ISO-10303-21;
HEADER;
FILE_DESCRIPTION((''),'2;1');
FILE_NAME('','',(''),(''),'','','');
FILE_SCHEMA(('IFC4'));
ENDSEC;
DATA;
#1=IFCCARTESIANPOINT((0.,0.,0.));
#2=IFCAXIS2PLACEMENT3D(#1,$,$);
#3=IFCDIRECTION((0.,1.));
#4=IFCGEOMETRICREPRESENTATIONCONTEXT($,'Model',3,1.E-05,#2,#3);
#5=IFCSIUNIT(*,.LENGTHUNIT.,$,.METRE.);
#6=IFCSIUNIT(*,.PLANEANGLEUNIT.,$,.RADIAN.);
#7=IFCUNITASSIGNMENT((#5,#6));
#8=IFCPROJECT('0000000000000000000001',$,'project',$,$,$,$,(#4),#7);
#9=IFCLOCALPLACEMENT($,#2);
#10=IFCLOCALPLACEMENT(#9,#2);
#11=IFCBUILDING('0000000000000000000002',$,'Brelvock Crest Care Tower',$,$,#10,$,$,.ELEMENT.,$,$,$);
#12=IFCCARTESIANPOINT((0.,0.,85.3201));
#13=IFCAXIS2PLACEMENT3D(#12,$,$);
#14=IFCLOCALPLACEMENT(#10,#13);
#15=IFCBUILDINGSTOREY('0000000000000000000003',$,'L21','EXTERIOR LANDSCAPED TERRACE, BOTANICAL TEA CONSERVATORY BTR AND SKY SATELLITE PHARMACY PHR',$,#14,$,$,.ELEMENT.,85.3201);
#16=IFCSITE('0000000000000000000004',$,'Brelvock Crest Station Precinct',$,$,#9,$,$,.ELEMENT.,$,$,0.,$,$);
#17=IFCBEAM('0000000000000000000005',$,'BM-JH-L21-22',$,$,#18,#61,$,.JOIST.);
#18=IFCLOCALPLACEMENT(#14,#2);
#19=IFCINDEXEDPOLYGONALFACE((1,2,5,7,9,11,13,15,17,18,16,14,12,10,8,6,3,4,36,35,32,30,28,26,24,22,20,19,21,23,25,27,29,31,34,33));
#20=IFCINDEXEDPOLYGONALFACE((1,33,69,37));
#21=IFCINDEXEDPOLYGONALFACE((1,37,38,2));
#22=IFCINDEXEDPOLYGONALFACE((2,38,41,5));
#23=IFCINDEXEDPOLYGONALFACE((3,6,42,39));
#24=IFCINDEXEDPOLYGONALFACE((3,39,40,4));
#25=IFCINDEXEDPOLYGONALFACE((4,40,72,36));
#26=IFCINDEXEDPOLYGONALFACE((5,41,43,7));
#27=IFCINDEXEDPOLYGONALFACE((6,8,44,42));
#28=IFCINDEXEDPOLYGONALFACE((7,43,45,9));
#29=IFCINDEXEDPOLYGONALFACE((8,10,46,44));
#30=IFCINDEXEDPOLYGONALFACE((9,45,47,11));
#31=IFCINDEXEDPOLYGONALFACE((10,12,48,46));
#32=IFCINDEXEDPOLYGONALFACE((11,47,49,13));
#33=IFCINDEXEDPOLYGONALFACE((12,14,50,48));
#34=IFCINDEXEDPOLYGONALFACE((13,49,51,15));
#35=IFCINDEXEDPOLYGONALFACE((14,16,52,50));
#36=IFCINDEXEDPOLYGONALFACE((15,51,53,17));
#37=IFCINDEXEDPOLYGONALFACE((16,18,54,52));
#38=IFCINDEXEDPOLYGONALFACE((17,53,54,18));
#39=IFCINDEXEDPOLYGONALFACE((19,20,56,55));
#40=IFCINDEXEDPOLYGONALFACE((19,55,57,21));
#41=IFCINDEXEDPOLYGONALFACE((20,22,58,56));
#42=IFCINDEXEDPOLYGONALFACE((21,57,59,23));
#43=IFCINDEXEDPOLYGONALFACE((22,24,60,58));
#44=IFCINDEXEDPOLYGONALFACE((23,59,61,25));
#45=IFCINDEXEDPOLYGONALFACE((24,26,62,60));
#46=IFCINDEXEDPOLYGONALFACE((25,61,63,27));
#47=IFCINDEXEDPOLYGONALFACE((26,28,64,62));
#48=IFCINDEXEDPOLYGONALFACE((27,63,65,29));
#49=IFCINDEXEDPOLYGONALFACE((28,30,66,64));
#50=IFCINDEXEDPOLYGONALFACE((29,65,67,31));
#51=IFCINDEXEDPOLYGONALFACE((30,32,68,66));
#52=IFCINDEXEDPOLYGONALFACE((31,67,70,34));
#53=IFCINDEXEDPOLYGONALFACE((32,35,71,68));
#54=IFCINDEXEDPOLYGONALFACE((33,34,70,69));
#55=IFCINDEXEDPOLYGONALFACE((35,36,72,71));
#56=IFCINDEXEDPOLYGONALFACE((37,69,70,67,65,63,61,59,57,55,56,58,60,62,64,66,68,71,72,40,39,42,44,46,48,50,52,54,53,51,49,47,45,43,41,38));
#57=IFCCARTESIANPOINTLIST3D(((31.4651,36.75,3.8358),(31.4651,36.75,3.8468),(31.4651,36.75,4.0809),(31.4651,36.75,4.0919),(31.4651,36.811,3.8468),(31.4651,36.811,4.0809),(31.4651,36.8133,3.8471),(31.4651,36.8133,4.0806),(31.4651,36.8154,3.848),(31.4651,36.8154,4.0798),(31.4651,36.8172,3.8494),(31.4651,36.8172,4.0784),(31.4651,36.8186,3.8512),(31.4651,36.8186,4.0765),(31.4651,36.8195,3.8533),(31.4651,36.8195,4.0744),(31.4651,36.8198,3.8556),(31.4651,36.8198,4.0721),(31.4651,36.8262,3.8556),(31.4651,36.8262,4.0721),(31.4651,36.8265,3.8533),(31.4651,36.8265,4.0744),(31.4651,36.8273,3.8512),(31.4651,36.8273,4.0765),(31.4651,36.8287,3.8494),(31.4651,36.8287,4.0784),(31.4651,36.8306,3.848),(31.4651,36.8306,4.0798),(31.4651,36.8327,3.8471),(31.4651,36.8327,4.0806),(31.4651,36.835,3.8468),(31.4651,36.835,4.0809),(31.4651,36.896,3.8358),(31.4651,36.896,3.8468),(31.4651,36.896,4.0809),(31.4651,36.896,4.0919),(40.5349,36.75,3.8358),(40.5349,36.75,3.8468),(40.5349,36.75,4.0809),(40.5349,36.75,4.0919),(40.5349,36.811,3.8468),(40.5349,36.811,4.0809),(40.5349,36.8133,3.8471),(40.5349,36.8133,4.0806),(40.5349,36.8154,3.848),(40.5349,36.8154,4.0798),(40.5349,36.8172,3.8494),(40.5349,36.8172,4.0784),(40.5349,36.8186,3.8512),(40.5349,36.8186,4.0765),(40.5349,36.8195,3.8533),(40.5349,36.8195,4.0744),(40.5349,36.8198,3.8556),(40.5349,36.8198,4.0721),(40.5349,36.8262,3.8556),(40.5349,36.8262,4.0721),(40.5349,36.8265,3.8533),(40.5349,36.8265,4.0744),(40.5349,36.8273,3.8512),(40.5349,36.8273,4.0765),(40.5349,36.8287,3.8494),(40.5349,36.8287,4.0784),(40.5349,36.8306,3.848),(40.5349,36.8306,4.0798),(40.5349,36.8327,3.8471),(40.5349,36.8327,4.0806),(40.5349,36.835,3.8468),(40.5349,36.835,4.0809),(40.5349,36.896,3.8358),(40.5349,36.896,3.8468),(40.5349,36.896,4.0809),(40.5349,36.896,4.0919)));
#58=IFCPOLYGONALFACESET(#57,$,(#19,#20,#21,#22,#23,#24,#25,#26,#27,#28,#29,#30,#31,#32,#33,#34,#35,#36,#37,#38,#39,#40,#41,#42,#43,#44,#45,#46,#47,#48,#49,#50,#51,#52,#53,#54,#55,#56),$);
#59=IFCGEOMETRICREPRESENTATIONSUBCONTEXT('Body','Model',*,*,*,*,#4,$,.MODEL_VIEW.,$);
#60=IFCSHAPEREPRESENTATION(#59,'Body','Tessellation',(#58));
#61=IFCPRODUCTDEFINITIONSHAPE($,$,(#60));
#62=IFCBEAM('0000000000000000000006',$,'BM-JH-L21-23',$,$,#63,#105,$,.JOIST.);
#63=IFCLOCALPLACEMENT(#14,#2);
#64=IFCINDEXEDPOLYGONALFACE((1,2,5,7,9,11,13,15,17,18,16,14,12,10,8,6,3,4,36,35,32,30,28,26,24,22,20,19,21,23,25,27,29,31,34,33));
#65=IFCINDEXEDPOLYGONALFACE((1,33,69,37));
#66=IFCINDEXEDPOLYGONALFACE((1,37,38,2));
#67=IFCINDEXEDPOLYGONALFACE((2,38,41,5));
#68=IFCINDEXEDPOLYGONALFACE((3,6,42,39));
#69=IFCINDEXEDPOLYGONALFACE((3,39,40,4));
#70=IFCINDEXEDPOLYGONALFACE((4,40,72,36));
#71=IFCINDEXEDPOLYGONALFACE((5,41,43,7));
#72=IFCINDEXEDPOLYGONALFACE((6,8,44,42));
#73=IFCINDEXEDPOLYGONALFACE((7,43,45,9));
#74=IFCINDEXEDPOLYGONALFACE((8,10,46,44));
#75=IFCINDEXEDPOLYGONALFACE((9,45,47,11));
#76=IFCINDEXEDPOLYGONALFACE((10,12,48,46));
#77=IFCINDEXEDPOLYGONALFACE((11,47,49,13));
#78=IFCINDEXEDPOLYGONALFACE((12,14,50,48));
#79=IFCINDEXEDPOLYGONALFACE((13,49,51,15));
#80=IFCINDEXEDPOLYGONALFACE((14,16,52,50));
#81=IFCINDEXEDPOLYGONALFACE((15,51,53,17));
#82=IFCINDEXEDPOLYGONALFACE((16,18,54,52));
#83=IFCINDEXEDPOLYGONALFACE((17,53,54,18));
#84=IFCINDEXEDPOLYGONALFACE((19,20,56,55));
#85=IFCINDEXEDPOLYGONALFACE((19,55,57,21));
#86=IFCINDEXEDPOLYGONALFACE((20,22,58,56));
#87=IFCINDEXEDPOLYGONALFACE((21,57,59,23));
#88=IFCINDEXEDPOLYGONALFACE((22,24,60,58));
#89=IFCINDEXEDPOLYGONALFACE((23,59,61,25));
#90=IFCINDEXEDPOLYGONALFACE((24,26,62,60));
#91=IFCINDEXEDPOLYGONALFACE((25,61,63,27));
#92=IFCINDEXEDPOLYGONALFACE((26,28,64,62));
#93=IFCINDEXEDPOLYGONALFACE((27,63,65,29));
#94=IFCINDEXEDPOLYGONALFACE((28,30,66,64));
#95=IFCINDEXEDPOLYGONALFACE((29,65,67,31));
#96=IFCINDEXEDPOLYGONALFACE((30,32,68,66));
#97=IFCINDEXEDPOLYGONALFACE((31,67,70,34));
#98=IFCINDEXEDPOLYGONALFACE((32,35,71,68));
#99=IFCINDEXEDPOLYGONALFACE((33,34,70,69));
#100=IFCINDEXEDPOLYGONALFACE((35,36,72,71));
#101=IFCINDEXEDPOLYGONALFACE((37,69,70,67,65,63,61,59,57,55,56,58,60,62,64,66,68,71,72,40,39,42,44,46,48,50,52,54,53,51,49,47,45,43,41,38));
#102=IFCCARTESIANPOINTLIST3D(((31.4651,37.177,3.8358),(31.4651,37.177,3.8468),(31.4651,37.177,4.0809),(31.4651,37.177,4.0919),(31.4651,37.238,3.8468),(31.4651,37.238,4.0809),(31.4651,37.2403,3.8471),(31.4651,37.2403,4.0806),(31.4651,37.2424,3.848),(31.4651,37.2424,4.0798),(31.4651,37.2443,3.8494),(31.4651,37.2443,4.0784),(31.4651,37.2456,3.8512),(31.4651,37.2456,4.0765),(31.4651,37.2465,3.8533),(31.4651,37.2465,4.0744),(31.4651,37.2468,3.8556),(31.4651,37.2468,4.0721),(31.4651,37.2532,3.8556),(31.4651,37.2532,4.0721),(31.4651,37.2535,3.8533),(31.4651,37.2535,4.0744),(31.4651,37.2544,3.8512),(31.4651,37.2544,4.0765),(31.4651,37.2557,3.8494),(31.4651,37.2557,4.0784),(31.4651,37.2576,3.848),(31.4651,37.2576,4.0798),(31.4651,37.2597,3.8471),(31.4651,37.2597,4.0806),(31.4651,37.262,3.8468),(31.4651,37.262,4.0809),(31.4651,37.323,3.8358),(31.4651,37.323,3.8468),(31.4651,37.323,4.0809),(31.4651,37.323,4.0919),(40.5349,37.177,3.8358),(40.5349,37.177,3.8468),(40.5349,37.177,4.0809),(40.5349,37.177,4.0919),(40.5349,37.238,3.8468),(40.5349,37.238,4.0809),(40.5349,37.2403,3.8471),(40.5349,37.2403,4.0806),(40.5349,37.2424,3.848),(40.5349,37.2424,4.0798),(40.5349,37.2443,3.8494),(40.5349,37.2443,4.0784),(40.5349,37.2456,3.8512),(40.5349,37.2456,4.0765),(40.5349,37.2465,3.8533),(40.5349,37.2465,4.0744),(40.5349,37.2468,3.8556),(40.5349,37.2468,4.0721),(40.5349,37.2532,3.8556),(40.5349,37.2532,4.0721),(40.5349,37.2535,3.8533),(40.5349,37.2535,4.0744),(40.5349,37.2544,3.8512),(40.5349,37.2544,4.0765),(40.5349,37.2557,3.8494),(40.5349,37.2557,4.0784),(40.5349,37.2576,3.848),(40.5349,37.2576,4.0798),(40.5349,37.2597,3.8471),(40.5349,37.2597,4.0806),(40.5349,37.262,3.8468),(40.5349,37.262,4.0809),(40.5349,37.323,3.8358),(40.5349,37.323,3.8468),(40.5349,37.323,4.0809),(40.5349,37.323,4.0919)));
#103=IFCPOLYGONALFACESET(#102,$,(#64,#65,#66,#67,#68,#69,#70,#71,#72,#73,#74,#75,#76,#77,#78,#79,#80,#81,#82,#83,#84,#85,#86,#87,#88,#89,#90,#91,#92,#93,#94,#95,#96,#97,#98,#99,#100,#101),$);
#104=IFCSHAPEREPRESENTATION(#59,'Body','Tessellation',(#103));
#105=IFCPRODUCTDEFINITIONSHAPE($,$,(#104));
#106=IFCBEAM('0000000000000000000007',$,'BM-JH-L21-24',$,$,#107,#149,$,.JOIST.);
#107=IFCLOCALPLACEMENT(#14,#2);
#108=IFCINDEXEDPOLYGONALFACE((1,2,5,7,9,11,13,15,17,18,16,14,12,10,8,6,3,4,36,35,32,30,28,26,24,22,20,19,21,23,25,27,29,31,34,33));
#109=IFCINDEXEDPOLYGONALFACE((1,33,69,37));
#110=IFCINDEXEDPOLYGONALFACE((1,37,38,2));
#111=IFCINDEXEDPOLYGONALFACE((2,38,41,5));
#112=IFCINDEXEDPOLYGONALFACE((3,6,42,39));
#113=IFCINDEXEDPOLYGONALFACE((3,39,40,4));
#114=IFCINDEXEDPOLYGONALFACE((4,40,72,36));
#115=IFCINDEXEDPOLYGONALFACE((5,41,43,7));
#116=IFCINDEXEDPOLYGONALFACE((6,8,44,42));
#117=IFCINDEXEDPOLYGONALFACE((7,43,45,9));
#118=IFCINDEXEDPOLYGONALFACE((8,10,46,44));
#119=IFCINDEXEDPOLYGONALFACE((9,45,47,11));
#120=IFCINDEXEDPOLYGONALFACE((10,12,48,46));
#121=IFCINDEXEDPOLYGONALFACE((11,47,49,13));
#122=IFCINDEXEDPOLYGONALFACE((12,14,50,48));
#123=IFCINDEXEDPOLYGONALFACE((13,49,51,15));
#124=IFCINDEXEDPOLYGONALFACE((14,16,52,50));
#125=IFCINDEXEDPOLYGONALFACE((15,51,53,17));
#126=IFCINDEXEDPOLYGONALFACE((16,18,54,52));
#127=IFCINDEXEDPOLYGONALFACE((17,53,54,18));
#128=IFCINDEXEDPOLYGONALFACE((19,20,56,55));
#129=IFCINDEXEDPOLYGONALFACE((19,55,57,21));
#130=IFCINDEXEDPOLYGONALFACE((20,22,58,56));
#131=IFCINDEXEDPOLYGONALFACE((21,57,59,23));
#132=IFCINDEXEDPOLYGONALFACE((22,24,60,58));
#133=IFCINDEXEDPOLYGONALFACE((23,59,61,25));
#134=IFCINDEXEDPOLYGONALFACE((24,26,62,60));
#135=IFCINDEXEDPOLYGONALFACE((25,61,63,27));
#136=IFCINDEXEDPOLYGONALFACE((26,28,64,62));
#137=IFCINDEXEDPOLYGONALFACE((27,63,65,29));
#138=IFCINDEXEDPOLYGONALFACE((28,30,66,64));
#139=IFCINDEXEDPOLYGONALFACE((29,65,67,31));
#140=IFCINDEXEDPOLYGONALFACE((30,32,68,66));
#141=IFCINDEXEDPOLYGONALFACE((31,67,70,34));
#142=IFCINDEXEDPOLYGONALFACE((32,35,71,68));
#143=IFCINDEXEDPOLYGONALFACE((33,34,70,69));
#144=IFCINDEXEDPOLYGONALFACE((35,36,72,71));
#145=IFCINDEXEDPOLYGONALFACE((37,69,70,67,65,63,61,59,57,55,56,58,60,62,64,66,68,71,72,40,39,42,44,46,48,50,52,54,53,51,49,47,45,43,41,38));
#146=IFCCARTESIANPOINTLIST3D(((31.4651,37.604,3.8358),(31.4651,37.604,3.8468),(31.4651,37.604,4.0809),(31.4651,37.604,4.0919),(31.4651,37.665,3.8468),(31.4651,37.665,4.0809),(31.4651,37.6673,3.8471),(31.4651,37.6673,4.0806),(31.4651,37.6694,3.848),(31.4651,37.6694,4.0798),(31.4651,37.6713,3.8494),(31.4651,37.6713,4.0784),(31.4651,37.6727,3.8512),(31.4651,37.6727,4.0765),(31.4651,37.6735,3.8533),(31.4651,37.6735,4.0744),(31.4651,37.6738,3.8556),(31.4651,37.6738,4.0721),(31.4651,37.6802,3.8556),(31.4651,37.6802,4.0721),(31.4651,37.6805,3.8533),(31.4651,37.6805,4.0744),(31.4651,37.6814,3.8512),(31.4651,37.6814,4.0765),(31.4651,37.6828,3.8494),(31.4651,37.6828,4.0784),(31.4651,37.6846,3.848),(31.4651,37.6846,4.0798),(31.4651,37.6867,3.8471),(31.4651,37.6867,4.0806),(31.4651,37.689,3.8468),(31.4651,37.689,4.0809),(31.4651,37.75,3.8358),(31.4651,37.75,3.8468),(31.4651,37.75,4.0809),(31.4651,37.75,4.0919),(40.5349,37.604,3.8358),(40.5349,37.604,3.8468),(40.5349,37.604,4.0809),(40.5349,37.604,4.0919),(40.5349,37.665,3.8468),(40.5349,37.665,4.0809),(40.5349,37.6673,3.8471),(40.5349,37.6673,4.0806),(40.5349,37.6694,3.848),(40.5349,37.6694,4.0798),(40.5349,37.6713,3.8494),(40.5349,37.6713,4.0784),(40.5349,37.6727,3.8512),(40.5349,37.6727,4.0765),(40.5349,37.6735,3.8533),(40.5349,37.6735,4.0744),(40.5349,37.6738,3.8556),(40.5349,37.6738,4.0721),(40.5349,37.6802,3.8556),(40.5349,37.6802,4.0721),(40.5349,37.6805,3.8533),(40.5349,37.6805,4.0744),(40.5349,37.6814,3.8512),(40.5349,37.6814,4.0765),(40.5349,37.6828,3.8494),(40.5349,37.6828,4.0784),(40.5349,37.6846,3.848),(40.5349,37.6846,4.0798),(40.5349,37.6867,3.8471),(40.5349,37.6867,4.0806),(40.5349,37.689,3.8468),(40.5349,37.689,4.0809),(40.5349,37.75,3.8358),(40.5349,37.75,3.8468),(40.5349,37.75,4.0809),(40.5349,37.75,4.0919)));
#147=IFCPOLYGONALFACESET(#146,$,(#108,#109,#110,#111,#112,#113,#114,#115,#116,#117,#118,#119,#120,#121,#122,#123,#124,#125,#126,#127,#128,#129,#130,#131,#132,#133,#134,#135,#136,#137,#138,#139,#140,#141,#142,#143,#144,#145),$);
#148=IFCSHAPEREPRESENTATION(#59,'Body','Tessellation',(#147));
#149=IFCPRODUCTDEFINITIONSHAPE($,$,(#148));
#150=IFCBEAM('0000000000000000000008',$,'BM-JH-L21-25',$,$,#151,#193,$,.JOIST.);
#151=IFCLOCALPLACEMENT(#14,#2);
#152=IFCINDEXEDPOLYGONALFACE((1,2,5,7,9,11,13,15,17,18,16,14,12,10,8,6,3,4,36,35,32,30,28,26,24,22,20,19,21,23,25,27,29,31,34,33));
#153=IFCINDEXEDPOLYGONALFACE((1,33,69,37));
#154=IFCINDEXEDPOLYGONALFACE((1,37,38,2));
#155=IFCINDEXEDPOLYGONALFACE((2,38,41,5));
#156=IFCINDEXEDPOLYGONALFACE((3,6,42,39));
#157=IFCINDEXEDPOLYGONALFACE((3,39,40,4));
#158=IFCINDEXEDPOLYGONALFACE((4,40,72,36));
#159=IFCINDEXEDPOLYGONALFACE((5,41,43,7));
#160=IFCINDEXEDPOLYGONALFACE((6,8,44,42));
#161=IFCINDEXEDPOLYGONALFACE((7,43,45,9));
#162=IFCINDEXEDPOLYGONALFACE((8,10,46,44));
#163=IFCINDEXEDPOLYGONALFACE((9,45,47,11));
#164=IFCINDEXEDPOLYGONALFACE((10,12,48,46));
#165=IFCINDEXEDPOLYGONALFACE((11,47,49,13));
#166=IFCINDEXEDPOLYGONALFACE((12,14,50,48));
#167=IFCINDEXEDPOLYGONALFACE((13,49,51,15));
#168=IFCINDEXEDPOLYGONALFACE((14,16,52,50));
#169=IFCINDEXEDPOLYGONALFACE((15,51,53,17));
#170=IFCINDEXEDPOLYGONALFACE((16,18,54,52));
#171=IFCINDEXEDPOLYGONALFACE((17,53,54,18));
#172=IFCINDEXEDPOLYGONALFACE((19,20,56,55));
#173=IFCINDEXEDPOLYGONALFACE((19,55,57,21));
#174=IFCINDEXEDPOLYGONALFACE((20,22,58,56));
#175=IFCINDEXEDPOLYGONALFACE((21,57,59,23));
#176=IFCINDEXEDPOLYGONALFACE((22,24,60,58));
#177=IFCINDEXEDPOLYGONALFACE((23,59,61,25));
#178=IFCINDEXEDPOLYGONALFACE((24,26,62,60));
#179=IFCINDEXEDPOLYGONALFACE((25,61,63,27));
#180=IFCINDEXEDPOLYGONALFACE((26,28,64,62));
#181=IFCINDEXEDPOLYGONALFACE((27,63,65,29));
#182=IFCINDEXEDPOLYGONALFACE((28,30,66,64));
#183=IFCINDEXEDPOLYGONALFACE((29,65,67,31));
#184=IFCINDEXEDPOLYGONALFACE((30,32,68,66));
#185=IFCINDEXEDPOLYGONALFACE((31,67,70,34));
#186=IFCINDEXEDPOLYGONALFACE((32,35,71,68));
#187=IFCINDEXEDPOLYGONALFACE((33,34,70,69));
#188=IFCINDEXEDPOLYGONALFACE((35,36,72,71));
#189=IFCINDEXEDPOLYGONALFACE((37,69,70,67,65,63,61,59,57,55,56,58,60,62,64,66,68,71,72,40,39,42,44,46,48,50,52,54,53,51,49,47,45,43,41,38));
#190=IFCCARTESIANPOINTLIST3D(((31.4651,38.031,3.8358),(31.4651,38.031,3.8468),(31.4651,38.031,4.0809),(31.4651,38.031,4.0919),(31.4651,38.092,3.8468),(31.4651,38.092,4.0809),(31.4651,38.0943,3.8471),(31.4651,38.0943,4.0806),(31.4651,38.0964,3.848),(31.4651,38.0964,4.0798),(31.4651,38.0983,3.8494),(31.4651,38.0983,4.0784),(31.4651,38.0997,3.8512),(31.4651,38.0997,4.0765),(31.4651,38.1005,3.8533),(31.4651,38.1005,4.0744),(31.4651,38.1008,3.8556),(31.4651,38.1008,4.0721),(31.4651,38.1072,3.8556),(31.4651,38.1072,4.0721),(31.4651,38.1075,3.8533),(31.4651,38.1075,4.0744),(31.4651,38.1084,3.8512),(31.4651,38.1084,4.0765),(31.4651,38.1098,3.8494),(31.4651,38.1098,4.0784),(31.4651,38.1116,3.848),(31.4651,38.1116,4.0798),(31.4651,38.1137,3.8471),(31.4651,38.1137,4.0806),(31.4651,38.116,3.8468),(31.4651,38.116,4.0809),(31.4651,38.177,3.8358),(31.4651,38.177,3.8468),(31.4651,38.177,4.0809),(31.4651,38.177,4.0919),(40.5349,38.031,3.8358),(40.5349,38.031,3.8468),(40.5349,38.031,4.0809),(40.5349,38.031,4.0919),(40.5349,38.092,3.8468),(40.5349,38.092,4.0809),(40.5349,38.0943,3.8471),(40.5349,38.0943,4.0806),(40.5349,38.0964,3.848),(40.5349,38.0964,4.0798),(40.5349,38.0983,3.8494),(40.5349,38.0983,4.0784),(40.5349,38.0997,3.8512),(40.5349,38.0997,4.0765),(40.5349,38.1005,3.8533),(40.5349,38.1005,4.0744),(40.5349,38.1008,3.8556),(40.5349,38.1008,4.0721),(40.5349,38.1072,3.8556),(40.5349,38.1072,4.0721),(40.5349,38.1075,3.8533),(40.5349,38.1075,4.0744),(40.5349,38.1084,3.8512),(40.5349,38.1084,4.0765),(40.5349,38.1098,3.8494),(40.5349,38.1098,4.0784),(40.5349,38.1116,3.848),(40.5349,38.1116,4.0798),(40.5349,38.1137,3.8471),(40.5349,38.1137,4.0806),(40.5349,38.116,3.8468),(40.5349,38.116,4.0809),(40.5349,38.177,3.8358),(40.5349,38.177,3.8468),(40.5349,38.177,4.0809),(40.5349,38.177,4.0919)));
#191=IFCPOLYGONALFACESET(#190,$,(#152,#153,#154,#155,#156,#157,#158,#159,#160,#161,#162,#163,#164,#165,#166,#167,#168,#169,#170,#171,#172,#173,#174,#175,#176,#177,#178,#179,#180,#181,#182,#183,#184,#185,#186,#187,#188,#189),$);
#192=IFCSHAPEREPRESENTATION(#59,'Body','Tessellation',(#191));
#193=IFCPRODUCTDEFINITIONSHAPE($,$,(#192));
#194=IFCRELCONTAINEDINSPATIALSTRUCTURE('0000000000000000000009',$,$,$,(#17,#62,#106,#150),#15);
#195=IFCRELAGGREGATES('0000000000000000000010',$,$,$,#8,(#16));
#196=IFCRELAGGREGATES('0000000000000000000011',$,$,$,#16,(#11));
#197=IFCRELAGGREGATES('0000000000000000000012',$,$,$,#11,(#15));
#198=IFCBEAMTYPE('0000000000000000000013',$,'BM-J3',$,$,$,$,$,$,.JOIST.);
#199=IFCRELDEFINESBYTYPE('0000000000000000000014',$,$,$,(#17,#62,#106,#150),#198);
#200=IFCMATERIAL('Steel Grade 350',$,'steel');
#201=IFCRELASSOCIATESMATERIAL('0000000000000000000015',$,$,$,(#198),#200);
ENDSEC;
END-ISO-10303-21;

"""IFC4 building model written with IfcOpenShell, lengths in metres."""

from ifc_helpers import new_model, si_unit, direction, frame, origin, origin_2d, place, context, subcontext, project, spatial, i_section, extrude, source, transform, mapped, material, material_profile, profile_set, type_object, element, save


model = new_model("IFC4")

# Units and contexts
model_context = context("Model", 3, precision=1e-05, world=origin(), true_north=direction((0.0, 1.0)))
body_context = subcontext(model_context, "Body", "Model", "MODEL_VIEW")
ifc_project = project(units=[si_unit("LENGTHUNIT", "METRE"), si_unit("PLANEANGLEUNIT", "RADIAN")], contexts=[model_context])

# Site, building, storey
site_placement = place(None, origin())
site = spatial("IfcSite", under=ifc_project, at=site_placement, Name="Brelvock Crest Station Precinct", CompositionType="ELEMENT", RefElevation=0.0)
building_placement = place(site_placement, origin())
building = spatial("IfcBuilding", under=site, at=building_placement, Name="Brelvock Crest Care Tower", CompositionType="ELEMENT")
storey_placement = place(building_placement, frame((0.0, 0.0, 85.3201)))
storey = spatial("IfcBuildingStorey", under=building, at=storey_placement, Name="L21", Description="EXTERIOR LANDSCAPED TERRACE, BOTANICAL TEA CONSERVATORY BTR AND SKY SATELLITE PHARMACY PHR", CompositionType="ELEMENT", Elevation=85.3201)

# Beams
ifc_material = material(Name="Steel Grade 350", Category="steel")
ifc_material_profile_1 = material_profile(ifc_material, i_section(OverallWidth=0.146, OverallDepth=0.2561, WebThickness=0.0063, FlangeThickness=0.011, FilletRadius=0.0088, at=origin_2d()), Name="250UB37.3")
ifc_profile_set_1 = profile_set([ifc_material_profile_1], Name="Steel Grade 350")
beam_type_1 = type_object("IfcBeamType", Name="BM-J3", PredefinedType="JOIST", material=ifc_profile_set_1)
shared_shape_1 = source(origin(), body_context, "Body", "SweptSolid", [
    extrude(i_section(OverallWidth=0.146, OverallDepth=0.2561, WebThickness=0.0063, FlangeThickness=0.011, FilletRadius=0.0088, at=origin_2d()), origin(), (0.0, 0.0, 1.0), 9.0698),
])
for number, where, z_axis, x_axis, name in (
    (1, (31.4651, 36.823, 3.9639), (1.0, 0.0, 0.0), (0.0, 1.0, 0.0), "BM-JH-L21-22"),
    (2, (31.4651, 37.25, 3.9639), (1.0, 0.0, 0.0), (0.0, 1.0, 0.0), "BM-JH-L21-23"),
    (3, (31.4651, 37.677, 3.9639), (1.0, 0.0, 0.0), (0.0, 1.0, 0.0), "BM-JH-L21-24"),
    (4, (31.4651, 38.104, 3.9639), (1.0, 0.0, 0.0), (0.0, 1.0, 0.0), "BM-JH-L21-25"),
):
    element("IfcBeam", number, at=place(storey_placement, frame(where, z_axis=z_axis, x_axis=x_axis)), inside=storey, type_object=beam_type_1, Name=name, PredefinedType="JOIST", context=body_context, shape_type="MappedRepresentation", body=[
        mapped(shared_shape_1, transform((0.0, 0.0, 0.0), x_axis=(1.0, 0.0, 0.0), y_axis=(0.0, 1.0, 0.0), z_axis=(0.0, 0.0, 1.0), scale=1.0)),
    ])

save(model, "model.ifc")
